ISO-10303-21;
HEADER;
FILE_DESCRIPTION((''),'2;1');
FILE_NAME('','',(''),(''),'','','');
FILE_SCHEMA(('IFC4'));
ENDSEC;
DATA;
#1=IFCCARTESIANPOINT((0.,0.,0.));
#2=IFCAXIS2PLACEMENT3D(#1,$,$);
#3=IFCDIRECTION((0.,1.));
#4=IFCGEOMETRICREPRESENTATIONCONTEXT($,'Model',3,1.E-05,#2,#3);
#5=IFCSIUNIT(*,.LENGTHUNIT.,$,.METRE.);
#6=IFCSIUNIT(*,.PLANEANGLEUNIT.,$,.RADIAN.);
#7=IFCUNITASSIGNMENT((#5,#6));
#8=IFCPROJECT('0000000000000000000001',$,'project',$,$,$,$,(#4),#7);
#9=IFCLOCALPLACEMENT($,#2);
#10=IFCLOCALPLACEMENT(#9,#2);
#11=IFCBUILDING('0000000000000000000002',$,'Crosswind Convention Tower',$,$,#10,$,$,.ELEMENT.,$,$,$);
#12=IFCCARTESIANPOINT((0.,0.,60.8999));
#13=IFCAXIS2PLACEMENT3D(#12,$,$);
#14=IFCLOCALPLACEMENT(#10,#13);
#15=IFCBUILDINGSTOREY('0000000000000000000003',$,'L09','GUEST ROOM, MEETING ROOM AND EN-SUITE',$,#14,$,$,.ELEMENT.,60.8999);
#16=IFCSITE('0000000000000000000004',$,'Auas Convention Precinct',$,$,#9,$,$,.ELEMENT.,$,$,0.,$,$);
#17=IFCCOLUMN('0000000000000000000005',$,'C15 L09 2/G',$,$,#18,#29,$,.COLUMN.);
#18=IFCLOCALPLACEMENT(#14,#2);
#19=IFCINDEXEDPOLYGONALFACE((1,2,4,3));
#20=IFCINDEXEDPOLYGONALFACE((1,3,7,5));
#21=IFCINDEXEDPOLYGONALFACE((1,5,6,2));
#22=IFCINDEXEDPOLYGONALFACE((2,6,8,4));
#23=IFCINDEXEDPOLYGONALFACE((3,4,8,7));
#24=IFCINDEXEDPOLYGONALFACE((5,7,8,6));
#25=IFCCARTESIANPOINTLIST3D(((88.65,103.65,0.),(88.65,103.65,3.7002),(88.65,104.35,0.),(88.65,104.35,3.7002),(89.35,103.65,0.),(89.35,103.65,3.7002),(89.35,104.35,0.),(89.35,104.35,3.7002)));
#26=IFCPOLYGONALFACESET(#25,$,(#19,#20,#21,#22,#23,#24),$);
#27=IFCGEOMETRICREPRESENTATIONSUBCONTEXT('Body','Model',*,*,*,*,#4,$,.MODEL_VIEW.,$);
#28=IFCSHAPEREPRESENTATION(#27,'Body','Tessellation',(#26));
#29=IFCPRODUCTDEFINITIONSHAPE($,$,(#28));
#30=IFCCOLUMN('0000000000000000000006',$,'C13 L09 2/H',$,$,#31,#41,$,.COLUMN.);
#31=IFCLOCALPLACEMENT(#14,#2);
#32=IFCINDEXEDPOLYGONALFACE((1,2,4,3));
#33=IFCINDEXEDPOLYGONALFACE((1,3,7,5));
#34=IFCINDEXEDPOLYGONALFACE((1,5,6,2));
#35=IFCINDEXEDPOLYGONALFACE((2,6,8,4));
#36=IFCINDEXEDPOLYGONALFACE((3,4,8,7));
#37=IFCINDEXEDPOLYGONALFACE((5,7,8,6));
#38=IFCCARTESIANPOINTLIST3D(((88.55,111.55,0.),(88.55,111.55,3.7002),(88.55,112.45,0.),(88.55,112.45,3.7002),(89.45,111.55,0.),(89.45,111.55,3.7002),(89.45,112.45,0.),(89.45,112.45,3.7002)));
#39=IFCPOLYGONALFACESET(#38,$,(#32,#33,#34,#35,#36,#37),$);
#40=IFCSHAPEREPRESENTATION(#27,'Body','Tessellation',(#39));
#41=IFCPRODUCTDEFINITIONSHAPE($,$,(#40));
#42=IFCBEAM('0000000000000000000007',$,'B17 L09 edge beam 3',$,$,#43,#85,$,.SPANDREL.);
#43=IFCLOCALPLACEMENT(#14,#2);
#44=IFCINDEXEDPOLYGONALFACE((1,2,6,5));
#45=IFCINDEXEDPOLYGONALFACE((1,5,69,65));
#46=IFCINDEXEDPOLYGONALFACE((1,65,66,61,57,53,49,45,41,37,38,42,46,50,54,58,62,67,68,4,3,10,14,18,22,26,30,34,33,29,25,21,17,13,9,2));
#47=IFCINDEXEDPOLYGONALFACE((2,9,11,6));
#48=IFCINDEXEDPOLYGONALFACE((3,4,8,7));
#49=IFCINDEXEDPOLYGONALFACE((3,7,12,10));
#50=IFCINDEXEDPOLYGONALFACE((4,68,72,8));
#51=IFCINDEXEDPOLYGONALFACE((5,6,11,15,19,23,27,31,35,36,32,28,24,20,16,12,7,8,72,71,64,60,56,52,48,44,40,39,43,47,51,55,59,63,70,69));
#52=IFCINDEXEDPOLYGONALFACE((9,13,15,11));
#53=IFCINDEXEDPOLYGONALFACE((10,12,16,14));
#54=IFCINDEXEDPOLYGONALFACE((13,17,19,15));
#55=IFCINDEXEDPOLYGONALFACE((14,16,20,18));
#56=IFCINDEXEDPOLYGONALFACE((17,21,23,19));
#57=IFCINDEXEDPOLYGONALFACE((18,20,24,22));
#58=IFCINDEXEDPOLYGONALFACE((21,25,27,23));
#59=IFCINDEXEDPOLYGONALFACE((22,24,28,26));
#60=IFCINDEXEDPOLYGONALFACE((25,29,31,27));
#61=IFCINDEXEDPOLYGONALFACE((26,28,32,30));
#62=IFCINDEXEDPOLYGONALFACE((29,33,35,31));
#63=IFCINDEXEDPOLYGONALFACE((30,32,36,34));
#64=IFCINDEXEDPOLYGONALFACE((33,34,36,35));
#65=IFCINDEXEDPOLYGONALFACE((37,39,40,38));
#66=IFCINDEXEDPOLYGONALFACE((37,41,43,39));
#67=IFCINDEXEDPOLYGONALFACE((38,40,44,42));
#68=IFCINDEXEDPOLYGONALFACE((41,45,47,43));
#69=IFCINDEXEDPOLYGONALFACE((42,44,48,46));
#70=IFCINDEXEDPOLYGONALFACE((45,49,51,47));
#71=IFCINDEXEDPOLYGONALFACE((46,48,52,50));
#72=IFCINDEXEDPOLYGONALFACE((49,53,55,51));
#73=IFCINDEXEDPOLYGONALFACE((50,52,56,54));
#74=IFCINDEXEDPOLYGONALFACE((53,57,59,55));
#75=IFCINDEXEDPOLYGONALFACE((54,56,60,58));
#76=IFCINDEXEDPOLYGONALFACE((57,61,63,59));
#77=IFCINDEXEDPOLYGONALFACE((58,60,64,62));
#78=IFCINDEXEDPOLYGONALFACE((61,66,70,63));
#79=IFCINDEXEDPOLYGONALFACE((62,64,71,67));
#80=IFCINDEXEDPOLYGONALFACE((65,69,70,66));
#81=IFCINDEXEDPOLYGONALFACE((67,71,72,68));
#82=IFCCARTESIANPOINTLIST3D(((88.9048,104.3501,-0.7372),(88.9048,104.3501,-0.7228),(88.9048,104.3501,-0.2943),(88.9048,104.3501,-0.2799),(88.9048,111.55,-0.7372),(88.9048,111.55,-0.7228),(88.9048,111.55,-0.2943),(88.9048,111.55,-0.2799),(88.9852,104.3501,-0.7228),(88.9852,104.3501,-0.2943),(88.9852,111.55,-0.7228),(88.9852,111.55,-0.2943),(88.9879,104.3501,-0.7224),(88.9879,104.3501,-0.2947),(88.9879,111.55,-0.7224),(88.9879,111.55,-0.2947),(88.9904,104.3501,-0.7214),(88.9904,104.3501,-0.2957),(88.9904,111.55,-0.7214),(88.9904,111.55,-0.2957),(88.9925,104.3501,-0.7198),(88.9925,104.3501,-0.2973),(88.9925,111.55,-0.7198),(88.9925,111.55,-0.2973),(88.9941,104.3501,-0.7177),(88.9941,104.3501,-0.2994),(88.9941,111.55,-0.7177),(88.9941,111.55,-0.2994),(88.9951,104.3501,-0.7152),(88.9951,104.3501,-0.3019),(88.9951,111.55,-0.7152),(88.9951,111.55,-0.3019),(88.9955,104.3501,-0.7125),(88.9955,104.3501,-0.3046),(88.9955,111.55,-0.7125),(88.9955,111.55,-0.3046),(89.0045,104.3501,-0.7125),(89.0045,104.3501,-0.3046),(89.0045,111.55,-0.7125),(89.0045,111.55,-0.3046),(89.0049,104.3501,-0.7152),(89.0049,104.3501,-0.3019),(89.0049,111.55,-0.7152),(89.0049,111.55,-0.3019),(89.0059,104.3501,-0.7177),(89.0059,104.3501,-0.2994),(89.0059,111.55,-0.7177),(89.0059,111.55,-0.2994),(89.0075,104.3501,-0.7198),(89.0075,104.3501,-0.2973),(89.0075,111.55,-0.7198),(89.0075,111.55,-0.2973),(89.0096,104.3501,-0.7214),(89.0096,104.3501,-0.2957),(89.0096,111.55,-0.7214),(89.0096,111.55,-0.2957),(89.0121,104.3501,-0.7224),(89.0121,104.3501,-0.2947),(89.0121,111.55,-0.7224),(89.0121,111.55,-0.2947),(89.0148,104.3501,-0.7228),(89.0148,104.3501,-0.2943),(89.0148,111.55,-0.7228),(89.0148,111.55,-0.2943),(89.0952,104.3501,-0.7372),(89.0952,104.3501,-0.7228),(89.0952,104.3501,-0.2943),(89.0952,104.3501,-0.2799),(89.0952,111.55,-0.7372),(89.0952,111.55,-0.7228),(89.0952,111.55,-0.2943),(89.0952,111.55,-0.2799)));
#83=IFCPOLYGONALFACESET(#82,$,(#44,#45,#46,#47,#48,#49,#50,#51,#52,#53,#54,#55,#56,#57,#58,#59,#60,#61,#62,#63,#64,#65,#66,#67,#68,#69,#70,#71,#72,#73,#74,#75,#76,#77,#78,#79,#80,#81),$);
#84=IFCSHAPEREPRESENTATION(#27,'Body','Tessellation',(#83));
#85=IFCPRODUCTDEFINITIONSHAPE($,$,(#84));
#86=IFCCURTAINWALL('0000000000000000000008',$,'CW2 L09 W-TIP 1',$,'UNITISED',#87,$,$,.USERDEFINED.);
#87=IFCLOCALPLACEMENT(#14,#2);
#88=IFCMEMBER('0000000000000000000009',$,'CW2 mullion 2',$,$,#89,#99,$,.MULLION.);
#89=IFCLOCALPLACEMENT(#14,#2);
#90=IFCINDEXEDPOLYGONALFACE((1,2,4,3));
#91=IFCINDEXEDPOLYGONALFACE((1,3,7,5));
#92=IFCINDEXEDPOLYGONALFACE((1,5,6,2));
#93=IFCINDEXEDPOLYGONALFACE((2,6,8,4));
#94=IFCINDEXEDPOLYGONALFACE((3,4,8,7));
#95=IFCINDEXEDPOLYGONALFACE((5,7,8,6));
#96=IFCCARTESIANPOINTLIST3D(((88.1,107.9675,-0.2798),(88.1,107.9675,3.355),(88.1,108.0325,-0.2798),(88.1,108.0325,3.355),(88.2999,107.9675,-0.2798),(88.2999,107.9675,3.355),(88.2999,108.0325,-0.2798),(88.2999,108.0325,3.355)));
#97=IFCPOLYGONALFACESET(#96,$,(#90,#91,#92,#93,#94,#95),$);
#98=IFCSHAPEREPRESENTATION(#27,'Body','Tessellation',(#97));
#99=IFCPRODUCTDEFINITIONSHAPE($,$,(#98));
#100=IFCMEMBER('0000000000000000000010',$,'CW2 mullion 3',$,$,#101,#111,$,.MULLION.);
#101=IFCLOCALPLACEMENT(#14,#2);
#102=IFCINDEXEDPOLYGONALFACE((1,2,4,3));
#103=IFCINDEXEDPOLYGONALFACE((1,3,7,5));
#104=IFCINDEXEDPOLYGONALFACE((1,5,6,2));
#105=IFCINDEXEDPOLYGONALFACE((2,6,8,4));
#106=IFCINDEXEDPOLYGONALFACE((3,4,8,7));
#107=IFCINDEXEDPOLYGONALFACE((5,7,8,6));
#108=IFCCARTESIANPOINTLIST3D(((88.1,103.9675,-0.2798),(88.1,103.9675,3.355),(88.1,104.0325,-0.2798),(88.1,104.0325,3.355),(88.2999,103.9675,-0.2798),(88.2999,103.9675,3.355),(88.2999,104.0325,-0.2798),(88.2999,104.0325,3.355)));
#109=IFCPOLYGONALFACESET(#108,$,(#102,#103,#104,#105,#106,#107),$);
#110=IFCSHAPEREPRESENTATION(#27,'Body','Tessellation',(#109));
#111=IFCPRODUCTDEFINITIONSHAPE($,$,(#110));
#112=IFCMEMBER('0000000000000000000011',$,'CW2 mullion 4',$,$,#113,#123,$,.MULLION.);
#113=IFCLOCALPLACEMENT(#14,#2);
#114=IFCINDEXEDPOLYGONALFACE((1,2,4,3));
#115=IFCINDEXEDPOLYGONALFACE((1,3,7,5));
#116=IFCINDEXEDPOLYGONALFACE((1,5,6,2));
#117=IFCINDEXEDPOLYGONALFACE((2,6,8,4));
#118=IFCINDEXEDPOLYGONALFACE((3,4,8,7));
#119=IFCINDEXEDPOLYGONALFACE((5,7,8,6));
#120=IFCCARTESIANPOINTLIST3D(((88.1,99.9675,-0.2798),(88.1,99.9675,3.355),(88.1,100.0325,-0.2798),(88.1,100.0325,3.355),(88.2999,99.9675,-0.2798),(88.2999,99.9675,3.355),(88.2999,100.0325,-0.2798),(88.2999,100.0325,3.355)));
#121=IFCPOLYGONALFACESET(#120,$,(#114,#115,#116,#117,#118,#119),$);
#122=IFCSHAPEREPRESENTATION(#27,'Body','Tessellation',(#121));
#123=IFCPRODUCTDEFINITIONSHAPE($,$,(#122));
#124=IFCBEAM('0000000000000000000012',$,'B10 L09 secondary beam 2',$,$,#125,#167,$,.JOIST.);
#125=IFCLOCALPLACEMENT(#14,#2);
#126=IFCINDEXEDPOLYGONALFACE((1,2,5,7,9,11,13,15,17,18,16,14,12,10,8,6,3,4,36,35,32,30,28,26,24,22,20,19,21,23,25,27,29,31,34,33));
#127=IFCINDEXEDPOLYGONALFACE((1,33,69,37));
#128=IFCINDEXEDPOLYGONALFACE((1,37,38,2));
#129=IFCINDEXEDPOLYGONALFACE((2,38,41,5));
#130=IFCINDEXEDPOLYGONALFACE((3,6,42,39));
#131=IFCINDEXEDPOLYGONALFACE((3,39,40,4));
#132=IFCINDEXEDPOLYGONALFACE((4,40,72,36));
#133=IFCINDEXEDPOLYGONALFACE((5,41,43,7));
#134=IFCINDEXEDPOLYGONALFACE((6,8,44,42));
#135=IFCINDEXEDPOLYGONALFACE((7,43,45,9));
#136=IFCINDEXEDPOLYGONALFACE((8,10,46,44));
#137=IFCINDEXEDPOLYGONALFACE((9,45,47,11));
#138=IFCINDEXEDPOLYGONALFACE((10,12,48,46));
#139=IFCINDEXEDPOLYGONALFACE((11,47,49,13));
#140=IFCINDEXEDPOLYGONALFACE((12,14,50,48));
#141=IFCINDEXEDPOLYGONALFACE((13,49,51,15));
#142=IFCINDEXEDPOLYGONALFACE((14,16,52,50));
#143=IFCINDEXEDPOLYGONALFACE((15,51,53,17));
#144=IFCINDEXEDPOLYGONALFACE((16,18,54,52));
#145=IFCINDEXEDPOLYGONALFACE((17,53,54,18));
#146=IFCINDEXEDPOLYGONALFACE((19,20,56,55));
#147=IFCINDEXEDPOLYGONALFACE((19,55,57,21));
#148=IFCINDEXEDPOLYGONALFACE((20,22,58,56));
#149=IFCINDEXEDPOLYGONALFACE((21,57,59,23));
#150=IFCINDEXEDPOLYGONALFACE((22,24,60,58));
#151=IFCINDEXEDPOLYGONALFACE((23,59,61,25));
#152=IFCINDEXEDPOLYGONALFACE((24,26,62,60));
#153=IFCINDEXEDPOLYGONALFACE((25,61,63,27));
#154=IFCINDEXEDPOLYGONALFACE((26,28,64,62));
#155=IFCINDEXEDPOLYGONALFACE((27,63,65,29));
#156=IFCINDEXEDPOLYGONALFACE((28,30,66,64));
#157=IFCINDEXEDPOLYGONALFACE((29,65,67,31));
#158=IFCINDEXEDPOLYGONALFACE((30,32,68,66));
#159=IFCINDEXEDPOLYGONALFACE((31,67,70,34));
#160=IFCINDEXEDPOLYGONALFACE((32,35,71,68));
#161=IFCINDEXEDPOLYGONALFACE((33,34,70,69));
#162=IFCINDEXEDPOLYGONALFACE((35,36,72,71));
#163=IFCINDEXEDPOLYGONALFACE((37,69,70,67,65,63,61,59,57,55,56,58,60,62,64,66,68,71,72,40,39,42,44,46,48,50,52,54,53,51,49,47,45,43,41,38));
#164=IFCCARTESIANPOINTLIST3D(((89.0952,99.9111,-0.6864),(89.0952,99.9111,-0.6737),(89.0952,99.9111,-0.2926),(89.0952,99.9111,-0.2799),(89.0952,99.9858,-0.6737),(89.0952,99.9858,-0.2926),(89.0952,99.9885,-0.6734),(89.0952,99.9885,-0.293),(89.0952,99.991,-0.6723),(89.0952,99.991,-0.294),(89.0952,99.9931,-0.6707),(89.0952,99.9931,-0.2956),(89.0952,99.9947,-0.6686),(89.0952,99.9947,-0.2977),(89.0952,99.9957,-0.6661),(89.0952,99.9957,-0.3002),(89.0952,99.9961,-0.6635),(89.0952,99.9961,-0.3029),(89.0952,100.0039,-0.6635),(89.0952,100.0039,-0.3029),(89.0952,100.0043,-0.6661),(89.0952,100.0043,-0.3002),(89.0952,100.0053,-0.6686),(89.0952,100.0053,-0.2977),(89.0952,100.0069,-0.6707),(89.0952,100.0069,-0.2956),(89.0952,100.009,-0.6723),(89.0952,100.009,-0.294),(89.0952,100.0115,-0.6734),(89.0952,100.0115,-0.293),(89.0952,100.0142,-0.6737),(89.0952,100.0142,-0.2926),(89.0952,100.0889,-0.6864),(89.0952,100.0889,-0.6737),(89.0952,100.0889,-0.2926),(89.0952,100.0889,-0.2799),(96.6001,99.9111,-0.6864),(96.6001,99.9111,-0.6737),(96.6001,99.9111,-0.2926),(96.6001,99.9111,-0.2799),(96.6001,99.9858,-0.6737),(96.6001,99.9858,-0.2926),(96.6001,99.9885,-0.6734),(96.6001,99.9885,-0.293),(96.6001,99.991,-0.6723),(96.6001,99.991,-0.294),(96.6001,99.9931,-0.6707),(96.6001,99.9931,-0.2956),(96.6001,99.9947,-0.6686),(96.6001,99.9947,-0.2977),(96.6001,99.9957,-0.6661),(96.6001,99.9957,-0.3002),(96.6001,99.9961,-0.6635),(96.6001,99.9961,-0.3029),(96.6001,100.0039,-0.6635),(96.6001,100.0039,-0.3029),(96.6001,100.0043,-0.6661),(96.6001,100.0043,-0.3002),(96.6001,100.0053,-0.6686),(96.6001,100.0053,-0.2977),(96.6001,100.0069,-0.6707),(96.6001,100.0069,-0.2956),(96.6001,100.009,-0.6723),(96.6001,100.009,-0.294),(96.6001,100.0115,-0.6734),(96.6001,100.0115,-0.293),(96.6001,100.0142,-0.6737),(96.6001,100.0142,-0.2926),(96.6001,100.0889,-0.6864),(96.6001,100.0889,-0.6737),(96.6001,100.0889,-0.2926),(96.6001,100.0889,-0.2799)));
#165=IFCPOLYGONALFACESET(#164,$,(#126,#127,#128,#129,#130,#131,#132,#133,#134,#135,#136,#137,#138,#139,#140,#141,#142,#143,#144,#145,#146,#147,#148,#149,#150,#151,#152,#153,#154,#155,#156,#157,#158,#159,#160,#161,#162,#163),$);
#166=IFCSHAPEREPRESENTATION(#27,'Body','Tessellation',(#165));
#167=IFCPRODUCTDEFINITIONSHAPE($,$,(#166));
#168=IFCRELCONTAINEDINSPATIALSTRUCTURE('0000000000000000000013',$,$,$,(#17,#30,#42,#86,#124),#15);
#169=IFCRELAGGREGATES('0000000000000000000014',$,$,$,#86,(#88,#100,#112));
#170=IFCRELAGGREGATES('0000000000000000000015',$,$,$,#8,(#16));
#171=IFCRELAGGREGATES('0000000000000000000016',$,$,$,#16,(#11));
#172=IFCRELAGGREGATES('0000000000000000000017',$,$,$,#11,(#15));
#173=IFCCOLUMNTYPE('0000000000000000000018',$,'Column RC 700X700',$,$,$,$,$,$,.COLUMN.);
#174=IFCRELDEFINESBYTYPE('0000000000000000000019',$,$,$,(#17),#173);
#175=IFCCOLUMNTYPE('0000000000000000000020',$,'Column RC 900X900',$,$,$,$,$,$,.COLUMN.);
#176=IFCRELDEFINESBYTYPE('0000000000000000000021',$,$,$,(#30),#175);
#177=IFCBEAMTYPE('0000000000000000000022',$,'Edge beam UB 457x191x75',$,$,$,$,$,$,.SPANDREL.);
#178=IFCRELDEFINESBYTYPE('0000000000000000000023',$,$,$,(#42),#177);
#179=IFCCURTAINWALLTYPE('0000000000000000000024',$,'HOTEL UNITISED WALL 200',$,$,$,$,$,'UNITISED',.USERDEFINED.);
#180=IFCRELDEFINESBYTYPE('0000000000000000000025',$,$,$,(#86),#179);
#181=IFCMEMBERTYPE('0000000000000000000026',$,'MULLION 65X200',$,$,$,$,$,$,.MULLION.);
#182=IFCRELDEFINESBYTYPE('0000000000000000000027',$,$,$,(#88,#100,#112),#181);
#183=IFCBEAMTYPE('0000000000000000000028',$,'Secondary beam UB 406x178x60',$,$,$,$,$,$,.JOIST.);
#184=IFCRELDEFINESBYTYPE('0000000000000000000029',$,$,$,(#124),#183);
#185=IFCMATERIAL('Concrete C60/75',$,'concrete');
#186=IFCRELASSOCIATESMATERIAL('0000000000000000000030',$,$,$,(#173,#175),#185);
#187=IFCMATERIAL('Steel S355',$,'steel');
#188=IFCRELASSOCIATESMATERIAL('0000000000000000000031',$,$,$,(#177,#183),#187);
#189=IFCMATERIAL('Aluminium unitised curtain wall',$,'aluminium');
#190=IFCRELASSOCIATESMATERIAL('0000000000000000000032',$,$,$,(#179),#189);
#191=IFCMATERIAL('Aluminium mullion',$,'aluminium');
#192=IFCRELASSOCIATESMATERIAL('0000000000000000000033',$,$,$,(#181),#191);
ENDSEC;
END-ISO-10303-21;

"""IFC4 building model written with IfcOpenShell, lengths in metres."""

from ifc_helpers import new_model, si_unit, direction, frame, origin, origin_2d, place, context, subcontext, project, spatial, rectangle, i_section, extrude, material, material_profile, profile_set, type_object, element, aggregate, save


model = new_model("IFC4")

# Units and contexts
model_context = context("Model", 3, precision=1e-05, world=origin(), true_north=direction((0.0, 1.0)))
body_context = subcontext(model_context, "Body", "Model", "MODEL_VIEW")
ifc_project = project(units=[si_unit("LENGTHUNIT", "METRE"), si_unit("PLANEANGLEUNIT", "RADIAN")], contexts=[model_context])

# Site, building, storey
site_placement = place(None, origin())
site = spatial("IfcSite", under=ifc_project, at=site_placement, Name="Auas Convention Precinct", CompositionType="ELEMENT", RefElevation=0.0)
building_placement = place(site_placement, origin())
building = spatial("IfcBuilding", under=site, at=building_placement, Name="Crosswind Convention Tower", CompositionType="ELEMENT")
storey_placement = place(building_placement, frame((0.0, 0.0, 60.8999)))
storey = spatial("IfcBuildingStorey", under=building, at=storey_placement, Name="L09", Description="GUEST ROOM, MEETING ROOM AND EN-SUITE", CompositionType="ELEMENT", Elevation=60.8999)

# Columns
ifc_material_1 = material(Name="Concrete C60/75", Category="concrete")
ifc_material_profile_1 = material_profile(ifc_material_1, rectangle(XDim=0.7, YDim=0.7, at=origin_2d()), Name="RC 700X700")
ifc_profile_set_1 = profile_set([ifc_material_profile_1], Name="Concrete C60/75")
column_type_1 = type_object("IfcColumnType", Name="Column RC 700X700", PredefinedType="COLUMN", material=ifc_profile_set_1)
column_1_placement = place(storey_placement, frame((89.0, 104.0, 0.0), z_axis=(0.0, 0.0, 1.0), x_axis=(1.0, 0.0, 0.0)))
element("IfcColumn", 1, at=column_1_placement, inside=storey, type_object=column_type_1, Name="C15 L09 2/G", PredefinedType="COLUMN", context=body_context, shape_type="SweptSolid", body=[
    extrude(rectangle(XDim=0.7, YDim=0.7, at=origin_2d()), origin(), (0.0, 0.0, 1.0), 3.7002),
])
ifc_material_profile_2 = material_profile(ifc_material_1, rectangle(XDim=0.8999, YDim=0.8999, at=origin_2d()), Name="RC 900X900")
ifc_profile_set_2 = profile_set([ifc_material_profile_2], Name="Concrete C60/75")
column_type_2 = type_object("IfcColumnType", Name="Column RC 900X900", PredefinedType="COLUMN", material=ifc_profile_set_2)
column_2_placement = place(storey_placement, frame((89.0, 112.0, 0.0), z_axis=(0.0, 0.0, 1.0), x_axis=(1.0, 0.0, 0.0)))
element("IfcColumn", 2, at=column_2_placement, inside=storey, type_object=column_type_2, Name="C13 L09 2/H", PredefinedType="COLUMN", context=body_context, shape_type="SweptSolid", body=[
    extrude(rectangle(XDim=0.8999, YDim=0.8999, at=origin_2d()), origin(), (0.0, 0.0, 1.0), 3.7002),
])

# Beam
ifc_material_2 = material(Name="Steel S355", Category="steel")
ifc_material_profile_3 = material_profile(ifc_material_2, i_section(OverallWidth=0.1904, OverallDepth=0.4573, WebThickness=0.009, FlangeThickness=0.0144, FilletRadius=0.0103, at=origin_2d()), Name="UB 457x191x75")
ifc_profile_set_3 = profile_set([ifc_material_profile_3], Name="Steel S355")
beam_type_1 = type_object("IfcBeamType", Name="Edge beam UB 457x191x75", PredefinedType="SPANDREL", material=ifc_profile_set_3)
beam_placement = place(storey_placement, frame((89.0, 104.3501, -0.5085), z_axis=(0.0, 1.0, 0.0), x_axis=(-1.0, 0.0, 0.0)))
element("IfcBeam", 3, at=beam_placement, inside=storey, type_object=beam_type_1, Name="B17 L09 edge beam 3", PredefinedType="SPANDREL", context=body_context, shape_type="SweptSolid", body=[
    extrude(i_section(OverallWidth=0.1904, OverallDepth=0.4573, WebThickness=0.009, FlangeThickness=0.0144, FilletRadius=0.0103, at=origin_2d()), origin(), (0.0, 0.0, 1.0), 7.2),
])

# Curtain wall, members
ifc_material_3 = material(Name="Aluminium unitised curtain wall", Category="aluminium")
curtain_wall_type = type_object("IfcCurtainWallType", Name="HOTEL UNITISED WALL 200", ElementType="UNITISED", PredefinedType="USERDEFINED", material=ifc_material_3)
curtain_wall_placement = place(storey_placement, origin())
curtain_wall = element("IfcCurtainWall", 4, at=curtain_wall_placement, inside=storey, type_object=curtain_wall_type, Name="CW2 L09 W-TIP 1", ObjectType="UNITISED", PredefinedType="USERDEFINED")
ifc_material_4 = material(Name="Aluminium mullion", Category="aluminium")
ifc_material_profile_4 = material_profile(ifc_material_4, rectangle(XDim=0.2, YDim=0.0649, at=origin_2d()), Name="AL 200X65")
ifc_profile_set_4 = profile_set([ifc_material_profile_4], Name="Aluminium mullion")
member_type = type_object("IfcMemberType", Name="MULLION 65X200", PredefinedType="MULLION", material=ifc_profile_set_4)
member_1_placement = place(storey_placement, frame((88.2, 108.0, -0.2798), z_axis=(0.0, 0.0, 1.0), x_axis=(-1.0, 0.0, 0.0)))
member_1 = element("IfcMember", 5, at=member_1_placement, type_object=member_type, Name="CW2 mullion 2", PredefinedType="MULLION", context=body_context, shape_type="SweptSolid", body=[
    extrude(rectangle(XDim=0.2, YDim=0.0649, at=origin_2d()), origin(), (0.0, 0.0, 1.0), 3.6348),
])
member_2_placement = place(storey_placement, frame((88.2, 104.0, -0.2798), z_axis=(0.0, 0.0, 1.0), x_axis=(-1.0, 0.0, 0.0)))
member_2 = element("IfcMember", 6, at=member_2_placement, type_object=member_type, Name="CW2 mullion 3", PredefinedType="MULLION", context=body_context, shape_type="SweptSolid", body=[
    extrude(rectangle(XDim=0.2, YDim=0.0649, at=origin_2d()), origin(), (0.0, 0.0, 1.0), 3.6348),
])
member_3_placement = place(storey_placement, frame((88.2, 100.0, -0.2798), z_axis=(0.0, 0.0, 1.0), x_axis=(-1.0, 0.0, 0.0)))
member_3 = element("IfcMember", 7, at=member_3_placement, type_object=member_type, Name="CW2 mullion 4", PredefinedType="MULLION", context=body_context, shape_type="SweptSolid", body=[
    extrude(rectangle(XDim=0.2, YDim=0.0649, at=origin_2d()), origin(), (0.0, 0.0, 1.0), 3.6348),
])

# Beam
ifc_material_profile_5 = material_profile(ifc_material_2, i_section(OverallWidth=0.1777, OverallDepth=0.4065, WebThickness=0.0078, FlangeThickness=0.0127, FilletRadius=0.0103, at=origin_2d()), Name="UB 406x178x60")
ifc_profile_set_5 = profile_set([ifc_material_profile_5], Name="Steel S355")
beam_type_2 = type_object("IfcBeamType", Name="Secondary beam UB 406x178x60", PredefinedType="JOIST", material=ifc_profile_set_5)
for number, where, z_axis, x_axis, name in (
    (8, (89.0952, 100.0, -0.4832), (1.0, 0.0, 0.0), (0.0, 1.0, 0.0), "B10 L09 secondary beam 2"),
):
    element("IfcBeam", number, at=place(storey_placement, frame(where, z_axis=z_axis, x_axis=x_axis)), inside=storey, type_object=beam_type_2, Name=name, PredefinedType="JOIST", context=body_context, shape_type="SweptSolid", body=[
        extrude(i_section(OverallWidth=0.1777, OverallDepth=0.4065, WebThickness=0.0078, FlangeThickness=0.0127, FilletRadius=0.0103, at=origin_2d()), origin(), (0.0, 0.0, 1.0), 7.5049),
    ])

aggregate(curtain_wall, [member_1, member_2, member_3])

save(model, "model.ifc")
